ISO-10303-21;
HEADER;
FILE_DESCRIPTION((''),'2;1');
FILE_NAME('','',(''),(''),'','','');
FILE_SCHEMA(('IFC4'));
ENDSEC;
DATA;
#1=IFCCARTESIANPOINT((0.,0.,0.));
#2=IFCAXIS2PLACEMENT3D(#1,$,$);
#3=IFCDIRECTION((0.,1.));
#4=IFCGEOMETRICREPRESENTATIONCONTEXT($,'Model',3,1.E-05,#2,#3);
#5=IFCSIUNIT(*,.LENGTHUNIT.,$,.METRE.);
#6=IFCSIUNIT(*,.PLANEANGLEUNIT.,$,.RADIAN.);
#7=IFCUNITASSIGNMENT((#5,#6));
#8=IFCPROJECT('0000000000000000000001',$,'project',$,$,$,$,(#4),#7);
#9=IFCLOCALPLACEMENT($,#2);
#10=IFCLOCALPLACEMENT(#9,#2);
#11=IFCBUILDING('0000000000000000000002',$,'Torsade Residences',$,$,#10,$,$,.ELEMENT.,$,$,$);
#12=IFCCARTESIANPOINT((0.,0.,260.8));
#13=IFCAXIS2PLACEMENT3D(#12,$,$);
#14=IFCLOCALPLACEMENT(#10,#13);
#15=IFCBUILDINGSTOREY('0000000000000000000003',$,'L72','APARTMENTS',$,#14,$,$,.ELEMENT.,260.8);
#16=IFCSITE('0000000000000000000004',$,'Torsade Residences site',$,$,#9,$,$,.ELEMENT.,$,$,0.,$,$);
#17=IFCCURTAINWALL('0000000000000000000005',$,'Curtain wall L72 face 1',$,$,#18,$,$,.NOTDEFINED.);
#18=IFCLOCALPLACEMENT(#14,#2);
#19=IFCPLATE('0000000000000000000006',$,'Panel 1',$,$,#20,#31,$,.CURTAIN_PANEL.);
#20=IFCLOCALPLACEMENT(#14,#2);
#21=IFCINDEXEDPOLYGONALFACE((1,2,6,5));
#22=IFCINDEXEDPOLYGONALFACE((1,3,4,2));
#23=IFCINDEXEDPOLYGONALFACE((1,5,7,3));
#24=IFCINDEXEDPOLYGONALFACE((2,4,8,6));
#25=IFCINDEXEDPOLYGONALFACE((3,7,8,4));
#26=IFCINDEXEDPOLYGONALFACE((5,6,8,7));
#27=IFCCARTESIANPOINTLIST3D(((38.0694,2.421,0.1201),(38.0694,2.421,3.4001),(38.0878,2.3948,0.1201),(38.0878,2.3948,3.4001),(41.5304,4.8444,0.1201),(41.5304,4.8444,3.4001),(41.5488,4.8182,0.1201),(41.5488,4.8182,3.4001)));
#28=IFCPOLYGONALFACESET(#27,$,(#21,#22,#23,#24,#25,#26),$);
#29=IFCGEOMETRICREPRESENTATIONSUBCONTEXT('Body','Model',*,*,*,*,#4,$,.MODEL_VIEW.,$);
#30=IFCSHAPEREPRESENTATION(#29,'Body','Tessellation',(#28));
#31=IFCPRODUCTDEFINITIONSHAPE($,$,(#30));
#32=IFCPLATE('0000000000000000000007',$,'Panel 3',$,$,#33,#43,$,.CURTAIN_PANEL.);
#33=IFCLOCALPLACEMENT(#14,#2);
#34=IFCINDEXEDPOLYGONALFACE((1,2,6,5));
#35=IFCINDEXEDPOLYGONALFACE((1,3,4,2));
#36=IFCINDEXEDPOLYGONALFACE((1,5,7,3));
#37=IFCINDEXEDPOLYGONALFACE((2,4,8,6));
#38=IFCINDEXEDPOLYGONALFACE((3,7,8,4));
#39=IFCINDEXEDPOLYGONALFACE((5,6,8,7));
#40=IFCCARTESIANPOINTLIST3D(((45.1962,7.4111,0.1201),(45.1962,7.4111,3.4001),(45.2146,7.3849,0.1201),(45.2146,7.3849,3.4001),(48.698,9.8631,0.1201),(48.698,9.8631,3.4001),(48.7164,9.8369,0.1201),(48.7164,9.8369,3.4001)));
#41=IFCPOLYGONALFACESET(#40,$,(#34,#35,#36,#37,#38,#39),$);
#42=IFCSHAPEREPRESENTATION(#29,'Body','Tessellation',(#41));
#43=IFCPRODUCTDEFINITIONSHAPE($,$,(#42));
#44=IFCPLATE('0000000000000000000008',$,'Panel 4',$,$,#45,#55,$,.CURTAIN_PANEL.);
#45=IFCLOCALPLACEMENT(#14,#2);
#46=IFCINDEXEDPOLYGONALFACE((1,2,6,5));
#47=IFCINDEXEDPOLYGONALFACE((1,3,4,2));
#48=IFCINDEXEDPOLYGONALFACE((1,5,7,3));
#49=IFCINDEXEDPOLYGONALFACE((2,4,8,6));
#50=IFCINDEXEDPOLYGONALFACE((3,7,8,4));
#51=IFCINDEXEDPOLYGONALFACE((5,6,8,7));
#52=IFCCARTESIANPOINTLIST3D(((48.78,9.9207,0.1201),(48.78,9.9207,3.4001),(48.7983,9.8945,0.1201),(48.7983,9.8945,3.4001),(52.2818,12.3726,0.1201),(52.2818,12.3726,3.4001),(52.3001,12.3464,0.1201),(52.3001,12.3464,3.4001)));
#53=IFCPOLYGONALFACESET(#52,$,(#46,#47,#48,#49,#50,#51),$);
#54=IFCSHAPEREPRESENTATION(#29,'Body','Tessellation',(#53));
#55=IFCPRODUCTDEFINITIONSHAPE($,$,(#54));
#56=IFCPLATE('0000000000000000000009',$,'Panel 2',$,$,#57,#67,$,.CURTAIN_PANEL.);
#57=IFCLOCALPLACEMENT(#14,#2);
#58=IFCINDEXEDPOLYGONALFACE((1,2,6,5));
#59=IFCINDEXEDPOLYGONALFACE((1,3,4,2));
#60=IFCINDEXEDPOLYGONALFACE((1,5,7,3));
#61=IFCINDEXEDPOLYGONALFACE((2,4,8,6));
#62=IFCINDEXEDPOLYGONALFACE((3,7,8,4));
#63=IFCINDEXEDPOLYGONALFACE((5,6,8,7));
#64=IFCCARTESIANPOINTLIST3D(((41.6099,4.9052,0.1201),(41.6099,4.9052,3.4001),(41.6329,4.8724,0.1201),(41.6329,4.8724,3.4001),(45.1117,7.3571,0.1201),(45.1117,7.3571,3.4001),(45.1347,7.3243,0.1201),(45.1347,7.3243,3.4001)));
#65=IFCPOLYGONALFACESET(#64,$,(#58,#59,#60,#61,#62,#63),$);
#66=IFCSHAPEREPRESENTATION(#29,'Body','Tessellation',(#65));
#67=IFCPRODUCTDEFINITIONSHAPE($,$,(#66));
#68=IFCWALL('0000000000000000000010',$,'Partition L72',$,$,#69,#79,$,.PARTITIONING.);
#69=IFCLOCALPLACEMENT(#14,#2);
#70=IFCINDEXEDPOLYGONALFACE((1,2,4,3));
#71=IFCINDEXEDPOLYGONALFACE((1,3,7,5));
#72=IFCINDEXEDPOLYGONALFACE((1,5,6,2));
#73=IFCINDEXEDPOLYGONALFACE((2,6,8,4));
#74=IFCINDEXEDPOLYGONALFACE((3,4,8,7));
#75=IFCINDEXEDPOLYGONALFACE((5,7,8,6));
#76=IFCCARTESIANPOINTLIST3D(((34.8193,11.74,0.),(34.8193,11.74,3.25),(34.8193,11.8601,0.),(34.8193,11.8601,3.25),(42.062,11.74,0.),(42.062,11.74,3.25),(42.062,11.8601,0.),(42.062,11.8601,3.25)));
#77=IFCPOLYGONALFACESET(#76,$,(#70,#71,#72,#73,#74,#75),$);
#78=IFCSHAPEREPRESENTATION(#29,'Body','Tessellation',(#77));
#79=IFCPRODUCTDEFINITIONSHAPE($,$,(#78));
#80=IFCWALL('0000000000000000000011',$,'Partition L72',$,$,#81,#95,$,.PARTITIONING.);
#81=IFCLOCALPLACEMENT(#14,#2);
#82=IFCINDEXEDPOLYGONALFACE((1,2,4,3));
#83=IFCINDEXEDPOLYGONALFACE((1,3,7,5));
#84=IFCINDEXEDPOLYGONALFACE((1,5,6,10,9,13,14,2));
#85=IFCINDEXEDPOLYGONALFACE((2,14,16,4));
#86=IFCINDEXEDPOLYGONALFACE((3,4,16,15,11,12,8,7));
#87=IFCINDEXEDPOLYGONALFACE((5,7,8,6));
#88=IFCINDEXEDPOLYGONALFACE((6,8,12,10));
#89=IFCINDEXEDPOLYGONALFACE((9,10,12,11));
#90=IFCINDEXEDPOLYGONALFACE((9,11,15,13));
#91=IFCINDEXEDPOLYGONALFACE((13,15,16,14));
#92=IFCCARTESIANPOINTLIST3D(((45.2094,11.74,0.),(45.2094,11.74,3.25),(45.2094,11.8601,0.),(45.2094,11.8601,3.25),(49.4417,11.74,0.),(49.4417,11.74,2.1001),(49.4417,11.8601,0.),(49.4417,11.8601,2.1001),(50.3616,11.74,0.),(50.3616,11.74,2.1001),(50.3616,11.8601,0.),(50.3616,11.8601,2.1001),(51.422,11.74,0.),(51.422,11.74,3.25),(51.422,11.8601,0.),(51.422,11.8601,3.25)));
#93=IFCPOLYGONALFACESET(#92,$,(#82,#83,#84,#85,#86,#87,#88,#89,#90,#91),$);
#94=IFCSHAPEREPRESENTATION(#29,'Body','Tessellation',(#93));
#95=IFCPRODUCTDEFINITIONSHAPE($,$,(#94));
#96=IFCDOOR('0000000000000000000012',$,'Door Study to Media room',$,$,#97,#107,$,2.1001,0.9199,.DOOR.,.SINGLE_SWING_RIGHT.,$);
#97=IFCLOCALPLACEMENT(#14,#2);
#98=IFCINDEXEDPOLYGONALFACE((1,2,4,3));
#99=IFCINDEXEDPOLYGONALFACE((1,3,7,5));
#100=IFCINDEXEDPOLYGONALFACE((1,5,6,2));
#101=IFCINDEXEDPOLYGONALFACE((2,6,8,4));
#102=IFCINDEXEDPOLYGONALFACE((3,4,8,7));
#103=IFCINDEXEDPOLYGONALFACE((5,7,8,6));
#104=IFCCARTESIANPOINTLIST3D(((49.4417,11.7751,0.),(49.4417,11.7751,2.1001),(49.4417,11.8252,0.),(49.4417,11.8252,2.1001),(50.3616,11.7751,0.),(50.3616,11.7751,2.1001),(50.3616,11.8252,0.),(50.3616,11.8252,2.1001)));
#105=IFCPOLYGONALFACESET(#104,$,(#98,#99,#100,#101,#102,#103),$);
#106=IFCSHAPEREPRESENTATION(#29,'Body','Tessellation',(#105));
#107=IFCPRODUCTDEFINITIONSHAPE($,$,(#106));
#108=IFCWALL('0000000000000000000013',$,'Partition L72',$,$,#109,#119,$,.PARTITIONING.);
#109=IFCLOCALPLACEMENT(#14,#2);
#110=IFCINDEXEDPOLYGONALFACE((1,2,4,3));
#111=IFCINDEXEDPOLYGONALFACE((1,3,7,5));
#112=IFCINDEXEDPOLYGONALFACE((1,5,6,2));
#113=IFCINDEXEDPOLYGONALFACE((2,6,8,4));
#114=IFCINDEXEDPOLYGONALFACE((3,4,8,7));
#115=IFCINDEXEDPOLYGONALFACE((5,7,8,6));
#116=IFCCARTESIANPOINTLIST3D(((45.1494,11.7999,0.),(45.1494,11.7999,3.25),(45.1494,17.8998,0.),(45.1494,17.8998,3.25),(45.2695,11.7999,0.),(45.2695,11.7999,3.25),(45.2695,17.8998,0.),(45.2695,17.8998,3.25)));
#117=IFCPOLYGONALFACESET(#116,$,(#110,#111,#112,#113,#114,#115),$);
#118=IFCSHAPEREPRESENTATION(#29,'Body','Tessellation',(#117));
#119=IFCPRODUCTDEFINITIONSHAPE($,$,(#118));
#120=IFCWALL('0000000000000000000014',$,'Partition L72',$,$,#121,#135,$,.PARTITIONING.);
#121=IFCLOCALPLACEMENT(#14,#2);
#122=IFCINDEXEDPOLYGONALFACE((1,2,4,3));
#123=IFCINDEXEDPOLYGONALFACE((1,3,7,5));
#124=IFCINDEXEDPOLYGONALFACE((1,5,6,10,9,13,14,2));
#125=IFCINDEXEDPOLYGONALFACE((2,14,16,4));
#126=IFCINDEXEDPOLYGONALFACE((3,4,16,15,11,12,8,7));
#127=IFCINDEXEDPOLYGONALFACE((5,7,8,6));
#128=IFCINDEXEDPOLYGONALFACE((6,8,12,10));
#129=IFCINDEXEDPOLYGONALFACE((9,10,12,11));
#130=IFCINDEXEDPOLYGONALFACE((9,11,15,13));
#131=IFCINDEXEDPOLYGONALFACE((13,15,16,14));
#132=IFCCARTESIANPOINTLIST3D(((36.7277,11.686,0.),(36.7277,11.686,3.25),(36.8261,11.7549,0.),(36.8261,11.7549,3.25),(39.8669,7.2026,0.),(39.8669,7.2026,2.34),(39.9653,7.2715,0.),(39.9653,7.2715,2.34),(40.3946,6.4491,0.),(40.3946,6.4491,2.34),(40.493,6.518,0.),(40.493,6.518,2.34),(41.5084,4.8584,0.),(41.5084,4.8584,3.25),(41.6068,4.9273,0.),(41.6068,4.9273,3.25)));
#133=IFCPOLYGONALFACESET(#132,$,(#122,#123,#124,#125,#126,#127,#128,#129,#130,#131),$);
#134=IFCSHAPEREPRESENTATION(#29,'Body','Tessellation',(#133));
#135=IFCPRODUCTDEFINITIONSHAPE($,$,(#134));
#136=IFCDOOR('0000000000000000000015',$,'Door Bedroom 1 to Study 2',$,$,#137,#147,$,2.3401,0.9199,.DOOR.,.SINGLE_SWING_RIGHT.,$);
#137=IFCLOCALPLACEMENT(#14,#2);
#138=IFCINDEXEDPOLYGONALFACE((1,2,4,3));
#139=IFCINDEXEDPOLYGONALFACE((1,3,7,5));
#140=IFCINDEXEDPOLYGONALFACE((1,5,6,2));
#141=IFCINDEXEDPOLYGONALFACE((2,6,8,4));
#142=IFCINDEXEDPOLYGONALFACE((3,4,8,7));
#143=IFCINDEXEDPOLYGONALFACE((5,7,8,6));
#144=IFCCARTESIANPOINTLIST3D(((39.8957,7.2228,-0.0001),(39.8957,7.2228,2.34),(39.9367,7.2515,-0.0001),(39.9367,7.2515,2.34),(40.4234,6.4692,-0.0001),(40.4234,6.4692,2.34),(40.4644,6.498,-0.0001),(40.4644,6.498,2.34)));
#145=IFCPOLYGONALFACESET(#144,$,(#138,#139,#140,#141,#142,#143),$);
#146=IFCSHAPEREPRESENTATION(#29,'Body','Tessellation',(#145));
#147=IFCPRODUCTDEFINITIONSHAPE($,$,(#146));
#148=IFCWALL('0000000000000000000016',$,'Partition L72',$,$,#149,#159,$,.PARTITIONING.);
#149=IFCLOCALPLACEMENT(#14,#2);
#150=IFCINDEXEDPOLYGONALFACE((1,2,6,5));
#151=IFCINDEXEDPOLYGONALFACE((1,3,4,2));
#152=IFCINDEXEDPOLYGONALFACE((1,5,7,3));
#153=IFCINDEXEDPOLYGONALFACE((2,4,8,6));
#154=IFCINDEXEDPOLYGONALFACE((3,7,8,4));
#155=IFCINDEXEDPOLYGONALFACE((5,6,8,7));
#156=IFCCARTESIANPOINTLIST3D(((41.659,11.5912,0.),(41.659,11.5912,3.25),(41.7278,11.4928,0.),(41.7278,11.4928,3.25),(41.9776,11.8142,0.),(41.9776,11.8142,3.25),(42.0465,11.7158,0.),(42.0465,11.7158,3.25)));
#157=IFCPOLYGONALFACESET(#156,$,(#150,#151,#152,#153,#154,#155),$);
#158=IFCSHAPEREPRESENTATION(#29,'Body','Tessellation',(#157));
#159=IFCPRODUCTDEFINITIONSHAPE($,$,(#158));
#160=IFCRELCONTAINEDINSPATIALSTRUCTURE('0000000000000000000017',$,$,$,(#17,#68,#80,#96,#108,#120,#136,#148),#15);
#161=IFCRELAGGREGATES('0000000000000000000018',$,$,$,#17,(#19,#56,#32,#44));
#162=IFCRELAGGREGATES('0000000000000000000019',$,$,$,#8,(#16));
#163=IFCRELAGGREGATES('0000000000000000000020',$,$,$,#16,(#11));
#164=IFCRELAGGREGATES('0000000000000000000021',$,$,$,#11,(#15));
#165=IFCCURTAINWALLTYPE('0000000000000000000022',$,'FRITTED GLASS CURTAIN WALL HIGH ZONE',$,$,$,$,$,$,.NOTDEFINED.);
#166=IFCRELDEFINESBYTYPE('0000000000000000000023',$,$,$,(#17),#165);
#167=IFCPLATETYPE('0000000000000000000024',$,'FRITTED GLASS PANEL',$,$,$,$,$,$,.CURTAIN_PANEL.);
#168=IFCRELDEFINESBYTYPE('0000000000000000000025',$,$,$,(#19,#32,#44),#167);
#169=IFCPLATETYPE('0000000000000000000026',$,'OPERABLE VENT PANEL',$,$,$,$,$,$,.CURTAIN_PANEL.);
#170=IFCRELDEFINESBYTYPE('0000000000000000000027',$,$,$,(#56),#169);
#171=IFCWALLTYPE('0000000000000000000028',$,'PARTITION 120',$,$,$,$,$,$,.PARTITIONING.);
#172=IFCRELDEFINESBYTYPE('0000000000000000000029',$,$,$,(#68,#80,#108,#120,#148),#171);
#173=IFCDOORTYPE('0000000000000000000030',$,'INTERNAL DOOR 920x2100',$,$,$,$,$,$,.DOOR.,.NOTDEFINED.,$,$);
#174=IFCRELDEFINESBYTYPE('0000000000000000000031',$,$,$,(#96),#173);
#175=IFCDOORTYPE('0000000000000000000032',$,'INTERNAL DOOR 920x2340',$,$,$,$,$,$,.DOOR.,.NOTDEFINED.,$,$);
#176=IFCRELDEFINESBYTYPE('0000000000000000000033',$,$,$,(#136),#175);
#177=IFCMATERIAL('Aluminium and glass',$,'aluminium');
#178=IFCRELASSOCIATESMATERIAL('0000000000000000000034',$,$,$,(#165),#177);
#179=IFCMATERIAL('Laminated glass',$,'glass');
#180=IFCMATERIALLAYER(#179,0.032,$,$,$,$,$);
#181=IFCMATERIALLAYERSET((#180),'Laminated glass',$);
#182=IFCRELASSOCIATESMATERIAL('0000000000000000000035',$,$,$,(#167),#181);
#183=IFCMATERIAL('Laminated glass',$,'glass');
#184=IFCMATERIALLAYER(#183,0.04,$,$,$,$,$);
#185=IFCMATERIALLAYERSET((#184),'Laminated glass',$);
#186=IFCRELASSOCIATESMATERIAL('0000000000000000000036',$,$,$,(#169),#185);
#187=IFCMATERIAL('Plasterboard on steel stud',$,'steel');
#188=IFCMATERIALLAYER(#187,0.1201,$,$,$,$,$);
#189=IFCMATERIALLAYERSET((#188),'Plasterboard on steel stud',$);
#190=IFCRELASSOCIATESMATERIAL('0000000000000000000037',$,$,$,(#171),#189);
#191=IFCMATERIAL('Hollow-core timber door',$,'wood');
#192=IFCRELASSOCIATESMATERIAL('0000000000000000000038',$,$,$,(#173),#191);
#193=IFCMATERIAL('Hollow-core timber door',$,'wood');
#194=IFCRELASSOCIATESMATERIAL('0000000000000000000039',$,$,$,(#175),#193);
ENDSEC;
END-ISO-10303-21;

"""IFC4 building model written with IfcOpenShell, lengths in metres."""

from ifc_helpers import new_model, si_unit, direction, frame, frame_2d, origin, origin_2d, place, context, subcontext, project, spatial, rectangle, extrude, material, layer, layer_set, type_object, element, fill, aggregate, save


model = new_model("IFC4")

# Units and contexts
model_context = context("Model", 3, precision=1e-05, world=origin(), true_north=direction((0.0, 1.0)))
body_context = subcontext(model_context, "Body", "Model", "MODEL_VIEW")
ifc_project = project(units=[si_unit("LENGTHUNIT", "METRE"), si_unit("PLANEANGLEUNIT", "RADIAN")], contexts=[model_context])

# Site, building, storey
site_placement = place(None, origin())
site = spatial("IfcSite", under=ifc_project, at=site_placement, Name="Torsade Residences site", CompositionType="ELEMENT", RefElevation=0.0)
building_placement = place(site_placement, origin())
building = spatial("IfcBuilding", under=site, at=building_placement, Name="Torsade Residences", CompositionType="ELEMENT")
storey_placement = place(building_placement, frame((0.0, 0.0, 260.8)))
storey = spatial("IfcBuildingStorey", under=building, at=storey_placement, Name="L72", Description="APARTMENTS", CompositionType="ELEMENT", Elevation=260.8)

# Curtain wall
ifc_material_1 = material(Name="Aluminium and glass", Category="aluminium")
curtain_wall_type = type_object("IfcCurtainWallType", Name="FRITTED GLASS CURTAIN WALL HIGH ZONE", PredefinedType="NOTDEFINED", material=ifc_material_1)
curtain_wall_placement = place(storey_placement, origin())
curtain_wall = element("IfcCurtainWall", 1, at=curtain_wall_placement, inside=storey, type_object=curtain_wall_type, Name="Curtain wall L72 face 1", PredefinedType="NOTDEFINED")

# Plates
ifc_material_2 = material(Name="Laminated glass", Category="glass")
ifc_layer_1 = layer(ifc_material_2, 0.032)
ifc_layer_set_1 = layer_set([ifc_layer_1], Name="Laminated glass")
plate_type_1 = type_object("IfcPlateType", Name="FRITTED GLASS PANEL", PredefinedType="CURTAIN_PANEL", material=ifc_layer_set_1)
plate_1_placement = place(storey_placement, frame((39.8091, 3.6196, 0.1201), z_axis=(0.0, 0.0, 1.0), x_axis=(0.819152, 0.573576, 0.0)))
plate_1 = element("IfcPlate", 2, at=plate_1_placement, type_object=plate_type_1, Name="Panel 1", PredefinedType="CURTAIN_PANEL", context=body_context, shape_type="SweptSolid", body=[
    extrude(rectangle(XDim=4.2251, YDim=0.032, at=origin_2d()), origin(), (0.0, 0.0, 1.0), 3.28),
])
plate_2_placement = place(storey_placement, frame((46.9563, 8.624, 0.1201), z_axis=(0.0, 0.0, 1.0), x_axis=(0.819152, 0.573576, 0.0)))
plate_2 = element("IfcPlate", 3, at=plate_2_placement, type_object=plate_type_1, Name="Panel 3", PredefinedType="CURTAIN_PANEL", context=body_context, shape_type="SweptSolid", body=[
    extrude(rectangle(XDim=4.2749, YDim=0.032, at=origin_2d()), origin(), (0.0, 0.0, 1.0), 3.28),
])
plate_3_placement = place(storey_placement, frame((50.54, 11.1335, 0.1201), z_axis=(0.0, 0.0, 1.0), x_axis=(0.819152, 0.573576, 0.0)))
plate_3 = element("IfcPlate", 4, at=plate_3_placement, type_object=plate_type_1, Name="Panel 4", PredefinedType="CURTAIN_PANEL", context=body_context, shape_type="SweptSolid", body=[
    extrude(rectangle(XDim=4.2749, YDim=0.032, at=origin_2d()), origin(), (0.0, 0.0, 1.0), 3.28),
])
ifc_material_3 = material(Name="Laminated glass", Category="glass")
ifc_layer_2 = layer(ifc_material_3, 0.04)
ifc_layer_set_2 = layer_set([ifc_layer_2], Name="Laminated glass")
plate_type_2 = type_object("IfcPlateType", Name="OPERABLE VENT PANEL", PredefinedType="CURTAIN_PANEL", material=ifc_layer_set_2)
plate_4_placement = place(storey_placement, frame((43.3723, 6.1147, 0.1201), z_axis=(0.0, 0.0, 1.0), x_axis=(0.819152, 0.573576, 0.0)))
plate_4 = element("IfcPlate", 5, at=plate_4_placement, type_object=plate_type_2, Name="Panel 2", PredefinedType="CURTAIN_PANEL", context=body_context, shape_type="SweptSolid", body=[
    extrude(rectangle(XDim=4.2749, YDim=0.04, at=origin_2d()), origin(), (0.0, 0.0, 1.0), 3.28),
])
aggregate(curtain_wall, [plate_1, plate_4, plate_2, plate_3])

# Wall
ifc_material_4 = material(Name="Plasterboard on steel stud", Category="steel")
ifc_layer_3 = layer(ifc_material_4, 0.1201)
ifc_layer_set_3 = layer_set([ifc_layer_3], Name="Plasterboard on steel stud")
wall_type = type_object("IfcWallType", Name="PARTITION 120", PredefinedType="PARTITIONING", material=ifc_layer_set_3)
wall_1_placement = place(storey_placement, frame((42.062, 11.8, 0.0), z_axis=(0.0, 0.0, 1.0), x_axis=(-1.0, 0.0, 0.0)))
element("IfcWall", 6, at=wall_1_placement, inside=storey, type_object=wall_type, Name="Partition L72", PredefinedType="PARTITIONING", context=body_context, shape_type="SweptSolid", body=[
    extrude(rectangle(XDim=7.2427, YDim=0.1201, at=frame_2d((3.6213, 0.0))), origin(), (0.0, 0.0, 1.0), 3.25),
])

# Wall, opening, door
wall_2_placement = place(storey_placement, frame((51.4221, 11.8, 0.0), z_axis=(0.0, 0.0, 1.0), x_axis=(-1.0, 0.0, 0.0)))
wall_2 = element("IfcWall", 7, at=wall_2_placement, inside=storey, type_object=wall_type, Name="Partition L72", PredefinedType="PARTITIONING", context=body_context, shape_type="SweptSolid", body=[
    extrude(rectangle(XDim=6.2126, YDim=0.1201, at=frame_2d((3.1064, 0.0))), origin(), (0.0, 0.0, 1.0), 3.25),
])
opening_1_placement = place(wall_2_placement, frame((1.0605, 0.0, 0.0)))
opening_1 = element("IfcOpeningElement", 8, at=opening_1_placement, cuts=wall_2, PredefinedType="OPENING", context=body_context, shape_type="SweptSolid", body=[
    extrude(rectangle(XDim=0.9199, YDim=2.1001, at=frame_2d((0.46, 1.05))), frame((0.0, 0.0701, 0.0), z_axis=(0.0, -1.0, 0.0), x_axis=(1.0, 0.0, 0.0)), (0.0, 0.0, 1.0), 0.1401),
])
ifc_material_5 = material(Name="Hollow-core timber door", Category="wood")
door_type_1 = type_object("IfcDoorType", Name="INTERNAL DOOR 920x2100", OperationType="NOTDEFINED", PredefinedType="DOOR", material=ifc_material_5)
door_1_placement = place(opening_1_placement, origin())
door_1 = element("IfcDoor", 9, at=door_1_placement, inside=storey, type_object=door_type_1, Name="Door Study to Media room", OperationType="SINGLE_SWING_RIGHT", OverallHeight=2.1001, OverallWidth=0.9199, PredefinedType="DOOR", context=body_context, shape_type="SweptSolid", body=[
    extrude(rectangle(XDim=0.9199, YDim=2.1001, at=frame_2d((0.46, 1.05))), frame((0.0, 0.0249, 0.0), z_axis=(0.0, -1.0, 0.0), x_axis=(1.0, 0.0, 0.0)), (0.0, 0.0, 1.0), 0.05),
])
fill(opening_1, door_1)

# Wall
wall_3_placement = place(storey_placement, frame((45.2095, 11.8, 0.0), z_axis=(0.0, 0.0, 1.0), x_axis=(0.0, 1.0, 0.0)))
element("IfcWall", 10, at=wall_3_placement, inside=storey, type_object=wall_type, Name="Partition L72", PredefinedType="PARTITIONING", context=body_context, shape_type="SweptSolid", body=[
    extrude(rectangle(XDim=6.0999, YDim=0.1201, at=frame_2d((3.0498, 0.0))), origin(), (0.0, 0.0, 1.0), 3.25),
])

# Wall, opening, door
wall_4_placement = place(storey_placement, frame((41.5576, 4.8928, 0.0), z_axis=(0.0, 0.0, 1.0), x_axis=(-0.573576, 0.819152, 0.0)))
wall_4 = element("IfcWall", 11, at=wall_4_placement, inside=storey, type_object=wall_type, Name="Partition L72", PredefinedType="PARTITIONING", context=body_context, shape_type="SweptSolid", body=[
    extrude(rectangle(XDim=8.335, YDim=0.1201, at=frame_2d((4.1675, 0.0))), origin(), (0.0, 0.0, 1.0), 3.25),
])
opening_2_placement = place(wall_4_placement, frame((1.9419, 0.0, 0.0)))
opening_2 = element("IfcOpeningElement", 12, at=opening_2_placement, cuts=wall_4, PredefinedType="OPENING", context=body_context, shape_type="SweptSolid", body=[
    extrude(rectangle(XDim=0.9199, YDim=2.3401, at=frame_2d((0.46, 1.1699))), frame((0.0, 0.0701, 0.0), z_axis=(0.0, -1.0, 0.0), x_axis=(1.0, 0.0, 0.0)), (0.0, 0.0, 1.0), 0.1401),
])
ifc_material_6 = material(Name="Hollow-core timber door", Category="wood")
door_type_2 = type_object("IfcDoorType", Name="INTERNAL DOOR 920x2340", OperationType="NOTDEFINED", PredefinedType="DOOR", material=ifc_material_6)
door_2_placement = place(opening_2_placement, origin())
door_2 = element("IfcDoor", 13, at=door_2_placement, inside=storey, type_object=door_type_2, Name="Door Bedroom 1 to Study 2", OperationType="SINGLE_SWING_RIGHT", OverallHeight=2.3401, OverallWidth=0.9199, PredefinedType="DOOR", context=body_context, shape_type="SweptSolid", body=[
    extrude(rectangle(XDim=0.9199, YDim=2.3401, at=frame_2d((0.46, 1.1699))), frame((0.0, 0.0249, 0.0), z_axis=(0.0, -1.0, 0.0), x_axis=(1.0, 0.0, 0.0)), (0.0, 0.0, 1.0), 0.05),
])
fill(opening_2, door_2)

# Wall
wall_5_placement = place(storey_placement, frame((42.012, 11.7649, 0.0), z_axis=(0.0, 0.0, 1.0), x_axis=(-0.819379, -0.573252, 0.0)))
element("IfcWall", 14, at=wall_5_placement, inside=storey, type_object=wall_type, Name="Partition L72", PredefinedType="PARTITIONING", context=body_context, shape_type="SweptSolid", body=[
    extrude(rectangle(XDim=0.3889, YDim=0.1201, at=frame_2d((0.1943, 0.0))), origin(), (0.0, 0.0, 1.0), 3.25),
])

save(model, "model.ifc")
